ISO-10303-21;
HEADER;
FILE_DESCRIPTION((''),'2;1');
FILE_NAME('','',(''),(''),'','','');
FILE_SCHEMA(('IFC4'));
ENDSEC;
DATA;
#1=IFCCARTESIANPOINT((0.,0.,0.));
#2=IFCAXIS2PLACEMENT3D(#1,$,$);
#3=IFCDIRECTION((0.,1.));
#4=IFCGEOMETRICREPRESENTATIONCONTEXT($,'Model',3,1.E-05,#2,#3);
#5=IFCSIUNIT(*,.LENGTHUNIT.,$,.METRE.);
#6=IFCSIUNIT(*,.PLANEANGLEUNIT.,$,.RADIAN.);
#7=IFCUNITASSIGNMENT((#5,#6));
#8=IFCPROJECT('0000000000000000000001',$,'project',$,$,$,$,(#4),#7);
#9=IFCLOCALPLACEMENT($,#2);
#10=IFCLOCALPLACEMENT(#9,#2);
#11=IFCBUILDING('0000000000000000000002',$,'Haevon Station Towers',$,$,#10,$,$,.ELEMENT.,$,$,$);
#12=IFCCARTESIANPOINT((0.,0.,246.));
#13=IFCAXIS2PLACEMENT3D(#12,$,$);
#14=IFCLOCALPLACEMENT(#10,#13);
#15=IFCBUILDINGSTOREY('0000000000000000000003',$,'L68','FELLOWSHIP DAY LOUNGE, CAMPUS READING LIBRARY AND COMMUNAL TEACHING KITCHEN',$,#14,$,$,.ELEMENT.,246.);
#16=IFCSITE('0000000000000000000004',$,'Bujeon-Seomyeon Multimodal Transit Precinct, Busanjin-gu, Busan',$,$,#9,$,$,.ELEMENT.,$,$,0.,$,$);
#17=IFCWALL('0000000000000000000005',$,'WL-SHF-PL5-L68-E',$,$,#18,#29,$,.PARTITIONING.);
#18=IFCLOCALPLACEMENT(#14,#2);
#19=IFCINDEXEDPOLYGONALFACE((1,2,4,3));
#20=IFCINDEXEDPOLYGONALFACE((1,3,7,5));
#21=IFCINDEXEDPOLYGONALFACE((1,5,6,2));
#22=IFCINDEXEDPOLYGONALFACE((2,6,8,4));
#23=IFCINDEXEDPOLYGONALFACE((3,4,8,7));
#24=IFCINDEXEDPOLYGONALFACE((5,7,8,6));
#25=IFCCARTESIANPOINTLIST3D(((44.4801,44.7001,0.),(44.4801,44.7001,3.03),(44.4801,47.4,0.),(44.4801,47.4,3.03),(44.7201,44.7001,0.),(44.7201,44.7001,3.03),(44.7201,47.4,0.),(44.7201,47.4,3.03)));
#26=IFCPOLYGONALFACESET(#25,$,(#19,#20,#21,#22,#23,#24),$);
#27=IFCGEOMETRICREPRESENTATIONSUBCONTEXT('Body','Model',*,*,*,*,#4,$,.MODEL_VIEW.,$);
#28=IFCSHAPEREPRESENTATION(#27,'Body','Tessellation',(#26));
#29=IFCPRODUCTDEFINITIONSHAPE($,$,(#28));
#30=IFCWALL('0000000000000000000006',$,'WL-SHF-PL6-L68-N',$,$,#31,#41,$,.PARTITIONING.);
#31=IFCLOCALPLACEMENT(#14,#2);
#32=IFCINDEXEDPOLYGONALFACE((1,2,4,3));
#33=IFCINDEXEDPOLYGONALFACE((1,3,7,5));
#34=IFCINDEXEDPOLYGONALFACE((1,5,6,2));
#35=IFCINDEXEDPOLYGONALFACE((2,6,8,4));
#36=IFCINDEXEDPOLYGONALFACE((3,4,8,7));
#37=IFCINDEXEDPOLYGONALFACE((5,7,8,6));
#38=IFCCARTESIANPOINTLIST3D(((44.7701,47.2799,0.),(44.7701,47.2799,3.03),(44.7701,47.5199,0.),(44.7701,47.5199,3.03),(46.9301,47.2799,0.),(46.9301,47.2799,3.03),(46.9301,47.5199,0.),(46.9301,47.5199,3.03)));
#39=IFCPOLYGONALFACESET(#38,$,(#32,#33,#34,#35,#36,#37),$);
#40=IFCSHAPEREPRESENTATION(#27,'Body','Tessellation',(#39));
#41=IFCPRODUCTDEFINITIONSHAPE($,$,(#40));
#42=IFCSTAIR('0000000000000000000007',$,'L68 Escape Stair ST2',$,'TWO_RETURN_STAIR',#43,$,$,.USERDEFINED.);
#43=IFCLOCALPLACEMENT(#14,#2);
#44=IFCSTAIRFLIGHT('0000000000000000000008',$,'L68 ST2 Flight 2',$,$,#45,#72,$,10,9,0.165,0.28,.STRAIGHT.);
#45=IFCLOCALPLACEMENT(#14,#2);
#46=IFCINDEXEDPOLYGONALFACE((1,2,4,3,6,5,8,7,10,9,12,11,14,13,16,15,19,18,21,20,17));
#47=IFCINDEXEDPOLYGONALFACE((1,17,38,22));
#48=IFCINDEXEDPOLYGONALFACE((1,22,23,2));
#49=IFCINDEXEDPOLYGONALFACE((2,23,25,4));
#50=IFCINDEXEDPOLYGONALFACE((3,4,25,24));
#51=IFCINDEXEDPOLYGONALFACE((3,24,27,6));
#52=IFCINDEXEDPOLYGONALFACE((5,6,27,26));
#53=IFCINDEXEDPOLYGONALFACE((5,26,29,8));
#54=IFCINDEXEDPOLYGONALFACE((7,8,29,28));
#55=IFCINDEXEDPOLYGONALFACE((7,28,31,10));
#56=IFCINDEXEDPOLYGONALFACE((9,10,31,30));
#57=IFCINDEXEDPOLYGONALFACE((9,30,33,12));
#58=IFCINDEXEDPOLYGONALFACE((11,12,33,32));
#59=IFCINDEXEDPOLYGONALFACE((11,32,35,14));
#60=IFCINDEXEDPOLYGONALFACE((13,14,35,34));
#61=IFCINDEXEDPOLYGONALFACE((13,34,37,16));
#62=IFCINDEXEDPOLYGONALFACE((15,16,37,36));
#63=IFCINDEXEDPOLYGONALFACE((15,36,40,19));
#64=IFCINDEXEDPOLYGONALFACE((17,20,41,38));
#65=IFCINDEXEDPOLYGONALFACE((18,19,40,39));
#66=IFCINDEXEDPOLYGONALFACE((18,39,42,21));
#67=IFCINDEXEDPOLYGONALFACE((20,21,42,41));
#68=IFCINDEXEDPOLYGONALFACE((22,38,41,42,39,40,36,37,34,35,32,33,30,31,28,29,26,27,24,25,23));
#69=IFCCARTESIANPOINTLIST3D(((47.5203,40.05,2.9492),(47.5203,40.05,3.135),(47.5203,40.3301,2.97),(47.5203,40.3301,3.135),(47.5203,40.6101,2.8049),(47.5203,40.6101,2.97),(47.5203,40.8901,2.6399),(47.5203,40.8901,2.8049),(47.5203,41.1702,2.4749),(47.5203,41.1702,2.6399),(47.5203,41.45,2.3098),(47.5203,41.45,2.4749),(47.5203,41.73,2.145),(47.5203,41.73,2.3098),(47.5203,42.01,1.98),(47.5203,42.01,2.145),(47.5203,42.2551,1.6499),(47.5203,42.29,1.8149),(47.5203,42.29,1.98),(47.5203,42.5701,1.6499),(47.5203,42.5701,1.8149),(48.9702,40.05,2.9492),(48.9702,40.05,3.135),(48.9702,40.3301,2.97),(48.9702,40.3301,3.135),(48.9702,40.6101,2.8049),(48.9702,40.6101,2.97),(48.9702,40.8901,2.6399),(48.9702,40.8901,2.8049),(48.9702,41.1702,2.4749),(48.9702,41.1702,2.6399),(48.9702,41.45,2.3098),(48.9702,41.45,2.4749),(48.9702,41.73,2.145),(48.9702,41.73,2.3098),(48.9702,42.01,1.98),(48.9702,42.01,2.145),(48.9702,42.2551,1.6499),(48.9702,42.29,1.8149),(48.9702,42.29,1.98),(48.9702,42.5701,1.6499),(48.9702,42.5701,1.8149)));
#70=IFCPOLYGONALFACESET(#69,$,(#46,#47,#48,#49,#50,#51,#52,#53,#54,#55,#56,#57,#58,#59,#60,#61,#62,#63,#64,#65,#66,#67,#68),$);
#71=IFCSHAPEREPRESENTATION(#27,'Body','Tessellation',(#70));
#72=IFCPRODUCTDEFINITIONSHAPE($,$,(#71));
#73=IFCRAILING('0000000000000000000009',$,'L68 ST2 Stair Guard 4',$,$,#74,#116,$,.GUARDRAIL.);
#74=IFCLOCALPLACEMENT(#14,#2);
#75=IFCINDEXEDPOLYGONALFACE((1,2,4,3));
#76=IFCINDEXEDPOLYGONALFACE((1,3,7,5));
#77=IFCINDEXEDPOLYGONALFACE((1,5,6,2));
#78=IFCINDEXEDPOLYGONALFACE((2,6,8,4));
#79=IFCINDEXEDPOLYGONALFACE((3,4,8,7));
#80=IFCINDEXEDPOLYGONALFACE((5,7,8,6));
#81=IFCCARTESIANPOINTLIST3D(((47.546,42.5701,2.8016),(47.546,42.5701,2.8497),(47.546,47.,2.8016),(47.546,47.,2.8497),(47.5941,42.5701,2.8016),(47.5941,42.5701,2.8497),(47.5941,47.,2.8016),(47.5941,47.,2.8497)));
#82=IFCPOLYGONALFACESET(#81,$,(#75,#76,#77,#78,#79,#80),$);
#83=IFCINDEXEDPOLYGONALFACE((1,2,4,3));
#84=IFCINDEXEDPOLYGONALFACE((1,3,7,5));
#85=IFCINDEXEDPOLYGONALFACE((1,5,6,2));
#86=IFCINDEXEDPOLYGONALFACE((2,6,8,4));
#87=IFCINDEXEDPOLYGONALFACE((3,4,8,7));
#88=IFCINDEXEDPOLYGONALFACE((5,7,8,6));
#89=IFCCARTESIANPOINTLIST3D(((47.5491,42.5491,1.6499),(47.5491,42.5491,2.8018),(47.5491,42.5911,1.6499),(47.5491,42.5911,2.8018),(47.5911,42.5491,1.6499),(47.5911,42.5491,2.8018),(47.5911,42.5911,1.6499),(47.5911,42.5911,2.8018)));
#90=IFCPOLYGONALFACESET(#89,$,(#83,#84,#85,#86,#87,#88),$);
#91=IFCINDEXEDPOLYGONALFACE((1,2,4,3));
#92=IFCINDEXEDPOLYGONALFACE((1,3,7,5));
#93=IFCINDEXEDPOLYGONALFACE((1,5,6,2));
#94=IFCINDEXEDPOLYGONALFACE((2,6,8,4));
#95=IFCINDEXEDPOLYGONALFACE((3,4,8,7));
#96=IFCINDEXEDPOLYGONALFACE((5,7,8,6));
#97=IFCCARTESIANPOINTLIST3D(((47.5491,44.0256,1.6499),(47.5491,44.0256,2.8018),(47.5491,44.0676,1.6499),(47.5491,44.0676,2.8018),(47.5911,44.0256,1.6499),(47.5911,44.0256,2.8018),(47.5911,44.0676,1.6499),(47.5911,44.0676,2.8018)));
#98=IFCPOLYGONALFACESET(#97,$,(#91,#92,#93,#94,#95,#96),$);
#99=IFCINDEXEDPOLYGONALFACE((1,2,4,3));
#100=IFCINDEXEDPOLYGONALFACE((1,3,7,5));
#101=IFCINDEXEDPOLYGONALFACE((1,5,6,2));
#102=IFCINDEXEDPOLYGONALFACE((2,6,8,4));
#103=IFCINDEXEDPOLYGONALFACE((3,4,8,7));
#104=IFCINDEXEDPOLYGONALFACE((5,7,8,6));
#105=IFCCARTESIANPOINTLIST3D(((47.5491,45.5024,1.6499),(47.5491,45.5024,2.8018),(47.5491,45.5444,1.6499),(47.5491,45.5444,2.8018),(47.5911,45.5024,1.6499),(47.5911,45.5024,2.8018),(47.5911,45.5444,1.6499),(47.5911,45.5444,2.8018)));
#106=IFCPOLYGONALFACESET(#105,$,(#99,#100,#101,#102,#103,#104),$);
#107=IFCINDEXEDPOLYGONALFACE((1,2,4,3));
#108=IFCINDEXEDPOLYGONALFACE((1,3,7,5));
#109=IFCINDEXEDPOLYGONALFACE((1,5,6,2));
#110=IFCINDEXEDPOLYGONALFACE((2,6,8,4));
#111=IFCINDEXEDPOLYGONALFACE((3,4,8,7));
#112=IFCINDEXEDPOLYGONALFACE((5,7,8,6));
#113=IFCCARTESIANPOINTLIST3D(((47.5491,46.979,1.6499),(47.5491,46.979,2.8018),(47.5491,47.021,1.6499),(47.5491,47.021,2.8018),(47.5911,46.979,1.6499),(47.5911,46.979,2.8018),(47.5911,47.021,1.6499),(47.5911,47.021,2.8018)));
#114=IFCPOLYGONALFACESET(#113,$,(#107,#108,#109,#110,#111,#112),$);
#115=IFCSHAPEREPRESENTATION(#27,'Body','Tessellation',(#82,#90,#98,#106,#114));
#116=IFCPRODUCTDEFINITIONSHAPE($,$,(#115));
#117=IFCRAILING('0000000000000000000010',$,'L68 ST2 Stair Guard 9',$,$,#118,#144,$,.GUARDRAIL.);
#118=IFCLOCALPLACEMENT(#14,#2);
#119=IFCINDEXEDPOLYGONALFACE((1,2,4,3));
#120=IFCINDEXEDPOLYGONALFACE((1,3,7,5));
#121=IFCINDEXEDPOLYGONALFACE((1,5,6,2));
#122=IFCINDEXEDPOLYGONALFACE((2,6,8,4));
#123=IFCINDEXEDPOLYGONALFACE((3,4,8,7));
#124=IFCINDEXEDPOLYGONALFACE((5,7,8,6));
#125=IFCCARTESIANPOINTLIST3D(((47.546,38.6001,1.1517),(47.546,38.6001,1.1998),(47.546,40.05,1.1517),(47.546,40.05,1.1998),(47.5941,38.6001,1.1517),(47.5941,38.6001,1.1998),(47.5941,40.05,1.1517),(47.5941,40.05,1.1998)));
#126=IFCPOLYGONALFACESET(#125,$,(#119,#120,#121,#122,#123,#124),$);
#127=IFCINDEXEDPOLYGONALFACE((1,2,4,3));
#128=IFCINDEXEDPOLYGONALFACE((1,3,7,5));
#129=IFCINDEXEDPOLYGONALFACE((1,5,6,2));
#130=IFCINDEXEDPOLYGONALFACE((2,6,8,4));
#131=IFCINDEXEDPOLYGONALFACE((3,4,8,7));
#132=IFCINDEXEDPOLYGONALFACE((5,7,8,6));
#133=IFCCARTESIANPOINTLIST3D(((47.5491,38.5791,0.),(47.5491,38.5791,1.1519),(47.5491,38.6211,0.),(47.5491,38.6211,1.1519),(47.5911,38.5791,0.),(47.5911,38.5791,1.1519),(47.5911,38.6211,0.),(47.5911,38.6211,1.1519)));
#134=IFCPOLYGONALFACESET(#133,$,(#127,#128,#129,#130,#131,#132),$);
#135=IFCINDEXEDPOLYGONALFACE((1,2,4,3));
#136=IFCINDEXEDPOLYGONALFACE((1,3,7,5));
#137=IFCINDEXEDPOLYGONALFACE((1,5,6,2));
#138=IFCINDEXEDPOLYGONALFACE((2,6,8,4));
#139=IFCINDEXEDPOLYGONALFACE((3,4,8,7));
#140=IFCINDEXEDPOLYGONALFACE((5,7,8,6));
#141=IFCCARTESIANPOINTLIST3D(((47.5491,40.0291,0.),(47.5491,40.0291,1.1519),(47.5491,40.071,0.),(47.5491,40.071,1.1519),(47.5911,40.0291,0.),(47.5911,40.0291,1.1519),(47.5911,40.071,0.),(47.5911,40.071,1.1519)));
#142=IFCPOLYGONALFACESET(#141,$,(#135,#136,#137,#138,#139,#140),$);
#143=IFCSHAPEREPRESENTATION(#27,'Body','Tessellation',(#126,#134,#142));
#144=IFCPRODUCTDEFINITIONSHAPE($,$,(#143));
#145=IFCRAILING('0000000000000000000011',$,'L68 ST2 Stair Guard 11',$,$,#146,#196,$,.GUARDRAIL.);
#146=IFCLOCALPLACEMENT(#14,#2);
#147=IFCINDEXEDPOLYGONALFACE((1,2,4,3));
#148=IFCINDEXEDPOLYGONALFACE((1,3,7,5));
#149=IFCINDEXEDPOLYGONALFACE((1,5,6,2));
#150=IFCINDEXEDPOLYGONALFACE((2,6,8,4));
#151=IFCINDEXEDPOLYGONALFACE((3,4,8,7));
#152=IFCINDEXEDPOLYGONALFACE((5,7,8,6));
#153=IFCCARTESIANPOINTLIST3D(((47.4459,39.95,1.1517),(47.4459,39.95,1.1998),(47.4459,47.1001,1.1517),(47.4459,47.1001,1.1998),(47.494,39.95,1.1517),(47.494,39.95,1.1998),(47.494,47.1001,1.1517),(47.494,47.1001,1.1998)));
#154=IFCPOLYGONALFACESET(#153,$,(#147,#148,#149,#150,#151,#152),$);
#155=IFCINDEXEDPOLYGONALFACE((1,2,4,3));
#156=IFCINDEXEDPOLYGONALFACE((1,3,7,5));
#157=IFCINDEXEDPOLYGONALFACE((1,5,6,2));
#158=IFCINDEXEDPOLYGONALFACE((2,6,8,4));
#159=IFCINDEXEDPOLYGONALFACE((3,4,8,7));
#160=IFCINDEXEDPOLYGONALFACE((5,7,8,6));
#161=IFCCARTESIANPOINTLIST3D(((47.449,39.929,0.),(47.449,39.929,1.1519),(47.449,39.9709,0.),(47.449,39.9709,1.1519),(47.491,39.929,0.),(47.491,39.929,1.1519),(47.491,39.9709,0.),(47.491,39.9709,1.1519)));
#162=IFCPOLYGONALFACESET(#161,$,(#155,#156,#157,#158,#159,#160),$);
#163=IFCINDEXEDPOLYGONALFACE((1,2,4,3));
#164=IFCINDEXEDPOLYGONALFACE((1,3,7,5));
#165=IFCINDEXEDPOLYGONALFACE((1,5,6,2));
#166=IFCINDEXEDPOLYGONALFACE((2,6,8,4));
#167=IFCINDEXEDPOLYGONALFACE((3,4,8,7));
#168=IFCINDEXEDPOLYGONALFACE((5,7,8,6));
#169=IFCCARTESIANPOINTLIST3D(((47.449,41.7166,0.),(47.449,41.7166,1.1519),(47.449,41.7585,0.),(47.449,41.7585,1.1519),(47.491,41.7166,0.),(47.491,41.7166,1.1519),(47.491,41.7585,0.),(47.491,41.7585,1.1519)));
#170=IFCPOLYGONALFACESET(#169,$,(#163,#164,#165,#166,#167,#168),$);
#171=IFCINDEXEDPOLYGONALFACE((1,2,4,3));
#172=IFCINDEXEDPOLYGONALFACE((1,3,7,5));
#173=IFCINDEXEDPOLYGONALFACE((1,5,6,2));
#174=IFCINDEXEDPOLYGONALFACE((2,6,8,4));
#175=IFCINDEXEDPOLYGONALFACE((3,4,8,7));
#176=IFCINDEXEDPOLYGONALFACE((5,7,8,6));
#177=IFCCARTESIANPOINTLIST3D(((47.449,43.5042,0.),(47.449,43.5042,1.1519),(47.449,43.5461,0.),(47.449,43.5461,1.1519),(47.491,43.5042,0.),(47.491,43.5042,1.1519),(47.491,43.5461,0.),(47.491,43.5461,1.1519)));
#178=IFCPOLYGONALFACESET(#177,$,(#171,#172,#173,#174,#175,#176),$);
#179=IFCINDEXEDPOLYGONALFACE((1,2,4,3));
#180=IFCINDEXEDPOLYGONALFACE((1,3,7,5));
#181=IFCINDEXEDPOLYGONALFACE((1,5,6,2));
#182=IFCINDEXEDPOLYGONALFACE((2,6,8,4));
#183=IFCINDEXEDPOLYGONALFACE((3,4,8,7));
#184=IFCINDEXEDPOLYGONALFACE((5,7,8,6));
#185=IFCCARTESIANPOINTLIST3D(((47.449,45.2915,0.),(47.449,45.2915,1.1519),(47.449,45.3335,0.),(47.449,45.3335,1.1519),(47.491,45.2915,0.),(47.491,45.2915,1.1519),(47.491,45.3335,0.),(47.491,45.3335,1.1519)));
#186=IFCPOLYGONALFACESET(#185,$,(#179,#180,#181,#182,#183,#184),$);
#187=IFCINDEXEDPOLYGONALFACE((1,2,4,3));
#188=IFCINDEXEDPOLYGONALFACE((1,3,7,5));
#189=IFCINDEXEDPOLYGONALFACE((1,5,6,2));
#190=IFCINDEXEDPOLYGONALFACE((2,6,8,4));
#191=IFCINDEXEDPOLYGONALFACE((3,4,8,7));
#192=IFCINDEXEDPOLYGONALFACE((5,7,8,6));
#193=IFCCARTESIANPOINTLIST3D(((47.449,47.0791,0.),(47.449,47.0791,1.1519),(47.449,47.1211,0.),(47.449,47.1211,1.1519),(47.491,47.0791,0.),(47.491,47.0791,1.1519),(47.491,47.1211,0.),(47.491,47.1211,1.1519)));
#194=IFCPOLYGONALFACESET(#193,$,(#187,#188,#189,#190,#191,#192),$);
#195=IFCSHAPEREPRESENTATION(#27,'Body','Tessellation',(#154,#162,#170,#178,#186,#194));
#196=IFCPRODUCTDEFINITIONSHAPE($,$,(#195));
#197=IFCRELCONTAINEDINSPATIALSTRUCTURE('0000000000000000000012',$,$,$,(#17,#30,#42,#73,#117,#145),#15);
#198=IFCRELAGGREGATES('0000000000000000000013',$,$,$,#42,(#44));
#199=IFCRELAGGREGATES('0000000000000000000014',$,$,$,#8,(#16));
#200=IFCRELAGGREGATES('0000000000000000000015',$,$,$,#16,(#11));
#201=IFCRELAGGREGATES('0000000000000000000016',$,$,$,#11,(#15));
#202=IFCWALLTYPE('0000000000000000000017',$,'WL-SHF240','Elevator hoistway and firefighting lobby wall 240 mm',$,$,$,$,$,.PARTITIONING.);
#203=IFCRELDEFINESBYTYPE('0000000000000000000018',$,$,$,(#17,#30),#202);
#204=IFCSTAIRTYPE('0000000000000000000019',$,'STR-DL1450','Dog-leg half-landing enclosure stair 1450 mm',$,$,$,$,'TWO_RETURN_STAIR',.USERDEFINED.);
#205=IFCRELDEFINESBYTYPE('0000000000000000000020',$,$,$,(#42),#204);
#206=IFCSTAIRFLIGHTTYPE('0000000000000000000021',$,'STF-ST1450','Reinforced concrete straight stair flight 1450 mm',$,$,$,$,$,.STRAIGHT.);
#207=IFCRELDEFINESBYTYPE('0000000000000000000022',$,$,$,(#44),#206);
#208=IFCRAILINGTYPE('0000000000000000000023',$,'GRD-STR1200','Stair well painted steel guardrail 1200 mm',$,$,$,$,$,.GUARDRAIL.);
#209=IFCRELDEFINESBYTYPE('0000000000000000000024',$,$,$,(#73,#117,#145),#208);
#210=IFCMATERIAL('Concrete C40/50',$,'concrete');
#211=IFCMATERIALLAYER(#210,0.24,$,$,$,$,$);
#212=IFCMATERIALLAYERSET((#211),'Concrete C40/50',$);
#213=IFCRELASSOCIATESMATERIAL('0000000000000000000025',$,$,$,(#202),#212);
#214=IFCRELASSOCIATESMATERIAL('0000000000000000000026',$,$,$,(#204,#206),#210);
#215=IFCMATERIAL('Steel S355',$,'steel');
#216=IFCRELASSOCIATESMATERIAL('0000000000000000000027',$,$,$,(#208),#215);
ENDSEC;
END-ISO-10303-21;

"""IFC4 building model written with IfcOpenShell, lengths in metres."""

from ifc_helpers import new_model, si_unit, direction, frame, frame_2d, origin, origin_2d, place, context, subcontext, project, spatial, polyline, rectangle, outline, extrude, material, layer, layer_set, type_object, element, aggregate, save


model = new_model("IFC4")

# Units and contexts
model_context = context("Model", 3, precision=1e-05, world=origin(), true_north=direction((0.0, 1.0)))
body_context = subcontext(model_context, "Body", "Model", "MODEL_VIEW")
ifc_project = project(units=[si_unit("LENGTHUNIT", "METRE"), si_unit("PLANEANGLEUNIT", "RADIAN")], contexts=[model_context])

# Site, building, storey
site_placement = place(None, origin())
site = spatial("IfcSite", under=ifc_project, at=site_placement, Name="Bujeon-Seomyeon Multimodal Transit Precinct, Busanjin-gu, Busan", CompositionType="ELEMENT", RefElevation=0.0)
building_placement = place(site_placement, origin())
building = spatial("IfcBuilding", under=site, at=building_placement, Name="Haevon Station Towers", CompositionType="ELEMENT")
storey_placement = place(building_placement, frame((0.0, 0.0, 246.0)))
storey = spatial("IfcBuildingStorey", under=building, at=storey_placement, Name="L68", Description="FELLOWSHIP DAY LOUNGE, CAMPUS READING LIBRARY AND COMMUNAL TEACHING KITCHEN", CompositionType="ELEMENT", Elevation=246.0)

# Shared definitions
ifc_material_1 = material(Name="Steel S355", Category="steel")

# Shared definitions
ifc_material_2 = material(Name="Concrete C40/50", Category="concrete")
ifc_layer_1 = layer(ifc_material_2, 0.24)
ifc_layer_set_1 = layer_set([ifc_layer_1], Name="Concrete C40/50")
wall_type_1 = type_object("IfcWallType", Name="WL-SHF240", Description="Elevator hoistway and firefighting lobby wall 240 mm", PredefinedType="PARTITIONING", material=ifc_layer_set_1)

# Wall
for number, where, z_axis, x_axis, name in (
    (1, (44.6001, 44.7, 0.0), (0.0, 0.0, 1.0), (0.0, 1.0, 0.0), "WL-SHF-PL5-L68-E"),
):
    element("IfcWall", number, at=place(storey_placement, frame(where, z_axis=z_axis, x_axis=x_axis)), inside=storey, type_object=wall_type_1, Name=name, PredefinedType="PARTITIONING", context=body_context, shape_type="SweptSolid", body=[
        extrude(rectangle(XDim=2.7, YDim=0.24, at=frame_2d((1.3501, 0.0))), origin(), (0.0, 0.0, 1.0), 3.03),
    ])

# Wall
wall_1_placement = place(storey_placement, frame((44.77, 47.3999, 0.0), z_axis=(0.0, 0.0, 1.0), x_axis=(1.0, 0.0, 0.0)))
element("IfcWall", 2, at=wall_1_placement, inside=storey, type_object=wall_type_1, Name="WL-SHF-PL6-L68-N", PredefinedType="PARTITIONING", context=body_context, shape_type="SweptSolid", body=[
    extrude(rectangle(XDim=2.1599, YDim=0.24, at=frame_2d((1.0801, 0.0))), origin(), (0.0, 0.0, 1.0), 3.03),
])

# Stair, stair flight
stair_type = type_object("IfcStairType", Name="STR-DL1450", Description="Dog-leg half-landing enclosure stair 1450 mm", ElementType="TWO_RETURN_STAIR", PredefinedType="USERDEFINED", material=ifc_material_2)
stair_placement = place(storey_placement, origin())
stair = element("IfcStair", 3, at=stair_placement, inside=storey, type_object=stair_type, Name="L68 Escape Stair ST2", ObjectType="TWO_RETURN_STAIR", PredefinedType="USERDEFINED")
stair_flight_type = type_object("IfcStairFlightType", Name="STF-ST1450", Description="Reinforced concrete straight stair flight 1450 mm", PredefinedType="STRAIGHT", material=ifc_material_2)
stair_flight_placement = place(storey_placement, frame((48.2451, 42.5701, 1.6499), z_axis=(0.0, 0.0, 1.0), x_axis=(0.0, -1.0, 0.0)))
stair_flight = element("IfcStairFlight", 4, at=stair_flight_placement, type_object=stair_flight_type, Name="L68 ST2 Flight 2", NumberOfRisers=10, NumberOfTreads=9, PredefinedType="STRAIGHT", RiserHeight=0.165, TreadLength=0.28, context=body_context, shape_type="SweptSolid", body=[
    extrude(outline(polyline([(0.0, 0.0), (0.0, 0.165), (0.28, 0.165), (0.28, 0.3301), (0.5601, 0.3301), (0.5601, 0.4951), (0.8401, 0.4951), (0.8401, 0.6599), (1.1201, 0.6599), (1.1201, 0.825), (1.3999, 0.825), (1.3999, 0.99), (1.6799, 0.99), (1.6799, 1.155), (1.96, 1.155), (1.96, 1.3201), (2.24, 1.3201), (2.24, 1.4851), (2.52, 1.4851), (2.52, 1.6499), (2.52, 1.2993), (0.3149, 0.0), (0.0, 0.0)])), frame((0.0, 0.7251, 0.0), z_axis=(0.0, -1.0, 0.0), x_axis=(1.0, 0.0, 0.0)), (0.0, 0.0, 1.0), 1.45),
])
aggregate(stair, [stair_flight])

# Railings
railing_type_1 = type_object("IfcRailingType", Name="GRD-STR1200", Description="Stair well painted steel guardrail 1200 mm", PredefinedType="GUARDRAIL", material=ifc_material_1)
railing_1_placement = place(storey_placement, frame((47.5701, 42.5701, 1.6499)))
element("IfcRailing", 5, at=railing_1_placement, inside=storey, type_object=railing_type_1, Name="L68 ST2 Stair Guard 4", PredefinedType="GUARDRAIL", context=body_context, shape_type="SweptSolid", body=[
    extrude(rectangle(XDim=0.0481, YDim=0.0481, at=origin_2d()), frame((0.0, 0.0, 1.1758), z_axis=(0.0, 1.0, 0.0), x_axis=(-1.0, 0.0, 0.0)), (0.0, 0.0, 1.0), 4.4299),
    extrude(rectangle(XDim=0.042, YDim=0.042, at=origin_2d()), origin(), (0.0, 0.0, 1.0), 1.1519),
    extrude(rectangle(XDim=0.042, YDim=0.042, at=origin_2d()), frame((0.0, 1.4766, 0.0)), (0.0, 0.0, 1.0), 1.1519),
    extrude(rectangle(XDim=0.042, YDim=0.042, at=origin_2d()), frame((0.0, 2.9534, 0.0)), (0.0, 0.0, 1.0), 1.1519),
    extrude(rectangle(XDim=0.042, YDim=0.042, at=origin_2d()), frame((0.0, 4.4299, 0.0)), (0.0, 0.0, 1.0), 1.1519),
])
railing_2_placement = place(storey_placement, frame((47.5701, 38.6001, 0.0)))
element("IfcRailing", 6, at=railing_2_placement, inside=storey, type_object=railing_type_1, Name="L68 ST2 Stair Guard 9", PredefinedType="GUARDRAIL", context=body_context, shape_type="SweptSolid", body=[
    extrude(rectangle(XDim=0.0481, YDim=0.0481, at=origin_2d()), frame((0.0, 0.0, 1.1758), z_axis=(0.0, 1.0, 0.0), x_axis=(-1.0, 0.0, 0.0)), (0.0, 0.0, 1.0), 1.45),
    extrude(rectangle(XDim=0.042, YDim=0.042, at=origin_2d()), origin(), (0.0, 0.0, 1.0), 1.1519),
    extrude(rectangle(XDim=0.042, YDim=0.042, at=origin_2d()), frame((0.0, 1.45, 0.0)), (0.0, 0.0, 1.0), 1.1519),
])
railing_3_placement = place(storey_placement, frame((47.47, 39.95, 0.0)))
element("IfcRailing", 7, at=railing_3_placement, inside=storey, type_object=railing_type_1, Name="L68 ST2 Stair Guard 11", PredefinedType="GUARDRAIL", context=body_context, shape_type="SweptSolid", body=[
    extrude(rectangle(XDim=0.0481, YDim=0.0481, at=origin_2d()), frame((0.0, 0.0, 1.1758), z_axis=(0.0, 1.0, 0.0), x_axis=(-1.0, 0.0, 0.0)), (0.0, 0.0, 1.0), 7.1501),
    extrude(rectangle(XDim=0.042, YDim=0.042, at=origin_2d()), origin(), (0.0, 0.0, 1.0), 1.1519),
    extrude(rectangle(XDim=0.042, YDim=0.042, at=origin_2d()), frame((0.0, 1.7876, 0.0)), (0.0, 0.0, 1.0), 1.1519),
    extrude(rectangle(XDim=0.042, YDim=0.042, at=origin_2d()), frame((0.0, 3.5752, 0.0)), (0.0, 0.0, 1.0), 1.1519),
    extrude(rectangle(XDim=0.042, YDim=0.042, at=origin_2d()), frame((0.0, 5.3625, 0.0)), (0.0, 0.0, 1.0), 1.1519),
    extrude(rectangle(XDim=0.042, YDim=0.042, at=origin_2d()), frame((0.0, 7.1501, 0.0)), (0.0, 0.0, 1.0), 1.1519),
])

save(model, "model.ifc")
